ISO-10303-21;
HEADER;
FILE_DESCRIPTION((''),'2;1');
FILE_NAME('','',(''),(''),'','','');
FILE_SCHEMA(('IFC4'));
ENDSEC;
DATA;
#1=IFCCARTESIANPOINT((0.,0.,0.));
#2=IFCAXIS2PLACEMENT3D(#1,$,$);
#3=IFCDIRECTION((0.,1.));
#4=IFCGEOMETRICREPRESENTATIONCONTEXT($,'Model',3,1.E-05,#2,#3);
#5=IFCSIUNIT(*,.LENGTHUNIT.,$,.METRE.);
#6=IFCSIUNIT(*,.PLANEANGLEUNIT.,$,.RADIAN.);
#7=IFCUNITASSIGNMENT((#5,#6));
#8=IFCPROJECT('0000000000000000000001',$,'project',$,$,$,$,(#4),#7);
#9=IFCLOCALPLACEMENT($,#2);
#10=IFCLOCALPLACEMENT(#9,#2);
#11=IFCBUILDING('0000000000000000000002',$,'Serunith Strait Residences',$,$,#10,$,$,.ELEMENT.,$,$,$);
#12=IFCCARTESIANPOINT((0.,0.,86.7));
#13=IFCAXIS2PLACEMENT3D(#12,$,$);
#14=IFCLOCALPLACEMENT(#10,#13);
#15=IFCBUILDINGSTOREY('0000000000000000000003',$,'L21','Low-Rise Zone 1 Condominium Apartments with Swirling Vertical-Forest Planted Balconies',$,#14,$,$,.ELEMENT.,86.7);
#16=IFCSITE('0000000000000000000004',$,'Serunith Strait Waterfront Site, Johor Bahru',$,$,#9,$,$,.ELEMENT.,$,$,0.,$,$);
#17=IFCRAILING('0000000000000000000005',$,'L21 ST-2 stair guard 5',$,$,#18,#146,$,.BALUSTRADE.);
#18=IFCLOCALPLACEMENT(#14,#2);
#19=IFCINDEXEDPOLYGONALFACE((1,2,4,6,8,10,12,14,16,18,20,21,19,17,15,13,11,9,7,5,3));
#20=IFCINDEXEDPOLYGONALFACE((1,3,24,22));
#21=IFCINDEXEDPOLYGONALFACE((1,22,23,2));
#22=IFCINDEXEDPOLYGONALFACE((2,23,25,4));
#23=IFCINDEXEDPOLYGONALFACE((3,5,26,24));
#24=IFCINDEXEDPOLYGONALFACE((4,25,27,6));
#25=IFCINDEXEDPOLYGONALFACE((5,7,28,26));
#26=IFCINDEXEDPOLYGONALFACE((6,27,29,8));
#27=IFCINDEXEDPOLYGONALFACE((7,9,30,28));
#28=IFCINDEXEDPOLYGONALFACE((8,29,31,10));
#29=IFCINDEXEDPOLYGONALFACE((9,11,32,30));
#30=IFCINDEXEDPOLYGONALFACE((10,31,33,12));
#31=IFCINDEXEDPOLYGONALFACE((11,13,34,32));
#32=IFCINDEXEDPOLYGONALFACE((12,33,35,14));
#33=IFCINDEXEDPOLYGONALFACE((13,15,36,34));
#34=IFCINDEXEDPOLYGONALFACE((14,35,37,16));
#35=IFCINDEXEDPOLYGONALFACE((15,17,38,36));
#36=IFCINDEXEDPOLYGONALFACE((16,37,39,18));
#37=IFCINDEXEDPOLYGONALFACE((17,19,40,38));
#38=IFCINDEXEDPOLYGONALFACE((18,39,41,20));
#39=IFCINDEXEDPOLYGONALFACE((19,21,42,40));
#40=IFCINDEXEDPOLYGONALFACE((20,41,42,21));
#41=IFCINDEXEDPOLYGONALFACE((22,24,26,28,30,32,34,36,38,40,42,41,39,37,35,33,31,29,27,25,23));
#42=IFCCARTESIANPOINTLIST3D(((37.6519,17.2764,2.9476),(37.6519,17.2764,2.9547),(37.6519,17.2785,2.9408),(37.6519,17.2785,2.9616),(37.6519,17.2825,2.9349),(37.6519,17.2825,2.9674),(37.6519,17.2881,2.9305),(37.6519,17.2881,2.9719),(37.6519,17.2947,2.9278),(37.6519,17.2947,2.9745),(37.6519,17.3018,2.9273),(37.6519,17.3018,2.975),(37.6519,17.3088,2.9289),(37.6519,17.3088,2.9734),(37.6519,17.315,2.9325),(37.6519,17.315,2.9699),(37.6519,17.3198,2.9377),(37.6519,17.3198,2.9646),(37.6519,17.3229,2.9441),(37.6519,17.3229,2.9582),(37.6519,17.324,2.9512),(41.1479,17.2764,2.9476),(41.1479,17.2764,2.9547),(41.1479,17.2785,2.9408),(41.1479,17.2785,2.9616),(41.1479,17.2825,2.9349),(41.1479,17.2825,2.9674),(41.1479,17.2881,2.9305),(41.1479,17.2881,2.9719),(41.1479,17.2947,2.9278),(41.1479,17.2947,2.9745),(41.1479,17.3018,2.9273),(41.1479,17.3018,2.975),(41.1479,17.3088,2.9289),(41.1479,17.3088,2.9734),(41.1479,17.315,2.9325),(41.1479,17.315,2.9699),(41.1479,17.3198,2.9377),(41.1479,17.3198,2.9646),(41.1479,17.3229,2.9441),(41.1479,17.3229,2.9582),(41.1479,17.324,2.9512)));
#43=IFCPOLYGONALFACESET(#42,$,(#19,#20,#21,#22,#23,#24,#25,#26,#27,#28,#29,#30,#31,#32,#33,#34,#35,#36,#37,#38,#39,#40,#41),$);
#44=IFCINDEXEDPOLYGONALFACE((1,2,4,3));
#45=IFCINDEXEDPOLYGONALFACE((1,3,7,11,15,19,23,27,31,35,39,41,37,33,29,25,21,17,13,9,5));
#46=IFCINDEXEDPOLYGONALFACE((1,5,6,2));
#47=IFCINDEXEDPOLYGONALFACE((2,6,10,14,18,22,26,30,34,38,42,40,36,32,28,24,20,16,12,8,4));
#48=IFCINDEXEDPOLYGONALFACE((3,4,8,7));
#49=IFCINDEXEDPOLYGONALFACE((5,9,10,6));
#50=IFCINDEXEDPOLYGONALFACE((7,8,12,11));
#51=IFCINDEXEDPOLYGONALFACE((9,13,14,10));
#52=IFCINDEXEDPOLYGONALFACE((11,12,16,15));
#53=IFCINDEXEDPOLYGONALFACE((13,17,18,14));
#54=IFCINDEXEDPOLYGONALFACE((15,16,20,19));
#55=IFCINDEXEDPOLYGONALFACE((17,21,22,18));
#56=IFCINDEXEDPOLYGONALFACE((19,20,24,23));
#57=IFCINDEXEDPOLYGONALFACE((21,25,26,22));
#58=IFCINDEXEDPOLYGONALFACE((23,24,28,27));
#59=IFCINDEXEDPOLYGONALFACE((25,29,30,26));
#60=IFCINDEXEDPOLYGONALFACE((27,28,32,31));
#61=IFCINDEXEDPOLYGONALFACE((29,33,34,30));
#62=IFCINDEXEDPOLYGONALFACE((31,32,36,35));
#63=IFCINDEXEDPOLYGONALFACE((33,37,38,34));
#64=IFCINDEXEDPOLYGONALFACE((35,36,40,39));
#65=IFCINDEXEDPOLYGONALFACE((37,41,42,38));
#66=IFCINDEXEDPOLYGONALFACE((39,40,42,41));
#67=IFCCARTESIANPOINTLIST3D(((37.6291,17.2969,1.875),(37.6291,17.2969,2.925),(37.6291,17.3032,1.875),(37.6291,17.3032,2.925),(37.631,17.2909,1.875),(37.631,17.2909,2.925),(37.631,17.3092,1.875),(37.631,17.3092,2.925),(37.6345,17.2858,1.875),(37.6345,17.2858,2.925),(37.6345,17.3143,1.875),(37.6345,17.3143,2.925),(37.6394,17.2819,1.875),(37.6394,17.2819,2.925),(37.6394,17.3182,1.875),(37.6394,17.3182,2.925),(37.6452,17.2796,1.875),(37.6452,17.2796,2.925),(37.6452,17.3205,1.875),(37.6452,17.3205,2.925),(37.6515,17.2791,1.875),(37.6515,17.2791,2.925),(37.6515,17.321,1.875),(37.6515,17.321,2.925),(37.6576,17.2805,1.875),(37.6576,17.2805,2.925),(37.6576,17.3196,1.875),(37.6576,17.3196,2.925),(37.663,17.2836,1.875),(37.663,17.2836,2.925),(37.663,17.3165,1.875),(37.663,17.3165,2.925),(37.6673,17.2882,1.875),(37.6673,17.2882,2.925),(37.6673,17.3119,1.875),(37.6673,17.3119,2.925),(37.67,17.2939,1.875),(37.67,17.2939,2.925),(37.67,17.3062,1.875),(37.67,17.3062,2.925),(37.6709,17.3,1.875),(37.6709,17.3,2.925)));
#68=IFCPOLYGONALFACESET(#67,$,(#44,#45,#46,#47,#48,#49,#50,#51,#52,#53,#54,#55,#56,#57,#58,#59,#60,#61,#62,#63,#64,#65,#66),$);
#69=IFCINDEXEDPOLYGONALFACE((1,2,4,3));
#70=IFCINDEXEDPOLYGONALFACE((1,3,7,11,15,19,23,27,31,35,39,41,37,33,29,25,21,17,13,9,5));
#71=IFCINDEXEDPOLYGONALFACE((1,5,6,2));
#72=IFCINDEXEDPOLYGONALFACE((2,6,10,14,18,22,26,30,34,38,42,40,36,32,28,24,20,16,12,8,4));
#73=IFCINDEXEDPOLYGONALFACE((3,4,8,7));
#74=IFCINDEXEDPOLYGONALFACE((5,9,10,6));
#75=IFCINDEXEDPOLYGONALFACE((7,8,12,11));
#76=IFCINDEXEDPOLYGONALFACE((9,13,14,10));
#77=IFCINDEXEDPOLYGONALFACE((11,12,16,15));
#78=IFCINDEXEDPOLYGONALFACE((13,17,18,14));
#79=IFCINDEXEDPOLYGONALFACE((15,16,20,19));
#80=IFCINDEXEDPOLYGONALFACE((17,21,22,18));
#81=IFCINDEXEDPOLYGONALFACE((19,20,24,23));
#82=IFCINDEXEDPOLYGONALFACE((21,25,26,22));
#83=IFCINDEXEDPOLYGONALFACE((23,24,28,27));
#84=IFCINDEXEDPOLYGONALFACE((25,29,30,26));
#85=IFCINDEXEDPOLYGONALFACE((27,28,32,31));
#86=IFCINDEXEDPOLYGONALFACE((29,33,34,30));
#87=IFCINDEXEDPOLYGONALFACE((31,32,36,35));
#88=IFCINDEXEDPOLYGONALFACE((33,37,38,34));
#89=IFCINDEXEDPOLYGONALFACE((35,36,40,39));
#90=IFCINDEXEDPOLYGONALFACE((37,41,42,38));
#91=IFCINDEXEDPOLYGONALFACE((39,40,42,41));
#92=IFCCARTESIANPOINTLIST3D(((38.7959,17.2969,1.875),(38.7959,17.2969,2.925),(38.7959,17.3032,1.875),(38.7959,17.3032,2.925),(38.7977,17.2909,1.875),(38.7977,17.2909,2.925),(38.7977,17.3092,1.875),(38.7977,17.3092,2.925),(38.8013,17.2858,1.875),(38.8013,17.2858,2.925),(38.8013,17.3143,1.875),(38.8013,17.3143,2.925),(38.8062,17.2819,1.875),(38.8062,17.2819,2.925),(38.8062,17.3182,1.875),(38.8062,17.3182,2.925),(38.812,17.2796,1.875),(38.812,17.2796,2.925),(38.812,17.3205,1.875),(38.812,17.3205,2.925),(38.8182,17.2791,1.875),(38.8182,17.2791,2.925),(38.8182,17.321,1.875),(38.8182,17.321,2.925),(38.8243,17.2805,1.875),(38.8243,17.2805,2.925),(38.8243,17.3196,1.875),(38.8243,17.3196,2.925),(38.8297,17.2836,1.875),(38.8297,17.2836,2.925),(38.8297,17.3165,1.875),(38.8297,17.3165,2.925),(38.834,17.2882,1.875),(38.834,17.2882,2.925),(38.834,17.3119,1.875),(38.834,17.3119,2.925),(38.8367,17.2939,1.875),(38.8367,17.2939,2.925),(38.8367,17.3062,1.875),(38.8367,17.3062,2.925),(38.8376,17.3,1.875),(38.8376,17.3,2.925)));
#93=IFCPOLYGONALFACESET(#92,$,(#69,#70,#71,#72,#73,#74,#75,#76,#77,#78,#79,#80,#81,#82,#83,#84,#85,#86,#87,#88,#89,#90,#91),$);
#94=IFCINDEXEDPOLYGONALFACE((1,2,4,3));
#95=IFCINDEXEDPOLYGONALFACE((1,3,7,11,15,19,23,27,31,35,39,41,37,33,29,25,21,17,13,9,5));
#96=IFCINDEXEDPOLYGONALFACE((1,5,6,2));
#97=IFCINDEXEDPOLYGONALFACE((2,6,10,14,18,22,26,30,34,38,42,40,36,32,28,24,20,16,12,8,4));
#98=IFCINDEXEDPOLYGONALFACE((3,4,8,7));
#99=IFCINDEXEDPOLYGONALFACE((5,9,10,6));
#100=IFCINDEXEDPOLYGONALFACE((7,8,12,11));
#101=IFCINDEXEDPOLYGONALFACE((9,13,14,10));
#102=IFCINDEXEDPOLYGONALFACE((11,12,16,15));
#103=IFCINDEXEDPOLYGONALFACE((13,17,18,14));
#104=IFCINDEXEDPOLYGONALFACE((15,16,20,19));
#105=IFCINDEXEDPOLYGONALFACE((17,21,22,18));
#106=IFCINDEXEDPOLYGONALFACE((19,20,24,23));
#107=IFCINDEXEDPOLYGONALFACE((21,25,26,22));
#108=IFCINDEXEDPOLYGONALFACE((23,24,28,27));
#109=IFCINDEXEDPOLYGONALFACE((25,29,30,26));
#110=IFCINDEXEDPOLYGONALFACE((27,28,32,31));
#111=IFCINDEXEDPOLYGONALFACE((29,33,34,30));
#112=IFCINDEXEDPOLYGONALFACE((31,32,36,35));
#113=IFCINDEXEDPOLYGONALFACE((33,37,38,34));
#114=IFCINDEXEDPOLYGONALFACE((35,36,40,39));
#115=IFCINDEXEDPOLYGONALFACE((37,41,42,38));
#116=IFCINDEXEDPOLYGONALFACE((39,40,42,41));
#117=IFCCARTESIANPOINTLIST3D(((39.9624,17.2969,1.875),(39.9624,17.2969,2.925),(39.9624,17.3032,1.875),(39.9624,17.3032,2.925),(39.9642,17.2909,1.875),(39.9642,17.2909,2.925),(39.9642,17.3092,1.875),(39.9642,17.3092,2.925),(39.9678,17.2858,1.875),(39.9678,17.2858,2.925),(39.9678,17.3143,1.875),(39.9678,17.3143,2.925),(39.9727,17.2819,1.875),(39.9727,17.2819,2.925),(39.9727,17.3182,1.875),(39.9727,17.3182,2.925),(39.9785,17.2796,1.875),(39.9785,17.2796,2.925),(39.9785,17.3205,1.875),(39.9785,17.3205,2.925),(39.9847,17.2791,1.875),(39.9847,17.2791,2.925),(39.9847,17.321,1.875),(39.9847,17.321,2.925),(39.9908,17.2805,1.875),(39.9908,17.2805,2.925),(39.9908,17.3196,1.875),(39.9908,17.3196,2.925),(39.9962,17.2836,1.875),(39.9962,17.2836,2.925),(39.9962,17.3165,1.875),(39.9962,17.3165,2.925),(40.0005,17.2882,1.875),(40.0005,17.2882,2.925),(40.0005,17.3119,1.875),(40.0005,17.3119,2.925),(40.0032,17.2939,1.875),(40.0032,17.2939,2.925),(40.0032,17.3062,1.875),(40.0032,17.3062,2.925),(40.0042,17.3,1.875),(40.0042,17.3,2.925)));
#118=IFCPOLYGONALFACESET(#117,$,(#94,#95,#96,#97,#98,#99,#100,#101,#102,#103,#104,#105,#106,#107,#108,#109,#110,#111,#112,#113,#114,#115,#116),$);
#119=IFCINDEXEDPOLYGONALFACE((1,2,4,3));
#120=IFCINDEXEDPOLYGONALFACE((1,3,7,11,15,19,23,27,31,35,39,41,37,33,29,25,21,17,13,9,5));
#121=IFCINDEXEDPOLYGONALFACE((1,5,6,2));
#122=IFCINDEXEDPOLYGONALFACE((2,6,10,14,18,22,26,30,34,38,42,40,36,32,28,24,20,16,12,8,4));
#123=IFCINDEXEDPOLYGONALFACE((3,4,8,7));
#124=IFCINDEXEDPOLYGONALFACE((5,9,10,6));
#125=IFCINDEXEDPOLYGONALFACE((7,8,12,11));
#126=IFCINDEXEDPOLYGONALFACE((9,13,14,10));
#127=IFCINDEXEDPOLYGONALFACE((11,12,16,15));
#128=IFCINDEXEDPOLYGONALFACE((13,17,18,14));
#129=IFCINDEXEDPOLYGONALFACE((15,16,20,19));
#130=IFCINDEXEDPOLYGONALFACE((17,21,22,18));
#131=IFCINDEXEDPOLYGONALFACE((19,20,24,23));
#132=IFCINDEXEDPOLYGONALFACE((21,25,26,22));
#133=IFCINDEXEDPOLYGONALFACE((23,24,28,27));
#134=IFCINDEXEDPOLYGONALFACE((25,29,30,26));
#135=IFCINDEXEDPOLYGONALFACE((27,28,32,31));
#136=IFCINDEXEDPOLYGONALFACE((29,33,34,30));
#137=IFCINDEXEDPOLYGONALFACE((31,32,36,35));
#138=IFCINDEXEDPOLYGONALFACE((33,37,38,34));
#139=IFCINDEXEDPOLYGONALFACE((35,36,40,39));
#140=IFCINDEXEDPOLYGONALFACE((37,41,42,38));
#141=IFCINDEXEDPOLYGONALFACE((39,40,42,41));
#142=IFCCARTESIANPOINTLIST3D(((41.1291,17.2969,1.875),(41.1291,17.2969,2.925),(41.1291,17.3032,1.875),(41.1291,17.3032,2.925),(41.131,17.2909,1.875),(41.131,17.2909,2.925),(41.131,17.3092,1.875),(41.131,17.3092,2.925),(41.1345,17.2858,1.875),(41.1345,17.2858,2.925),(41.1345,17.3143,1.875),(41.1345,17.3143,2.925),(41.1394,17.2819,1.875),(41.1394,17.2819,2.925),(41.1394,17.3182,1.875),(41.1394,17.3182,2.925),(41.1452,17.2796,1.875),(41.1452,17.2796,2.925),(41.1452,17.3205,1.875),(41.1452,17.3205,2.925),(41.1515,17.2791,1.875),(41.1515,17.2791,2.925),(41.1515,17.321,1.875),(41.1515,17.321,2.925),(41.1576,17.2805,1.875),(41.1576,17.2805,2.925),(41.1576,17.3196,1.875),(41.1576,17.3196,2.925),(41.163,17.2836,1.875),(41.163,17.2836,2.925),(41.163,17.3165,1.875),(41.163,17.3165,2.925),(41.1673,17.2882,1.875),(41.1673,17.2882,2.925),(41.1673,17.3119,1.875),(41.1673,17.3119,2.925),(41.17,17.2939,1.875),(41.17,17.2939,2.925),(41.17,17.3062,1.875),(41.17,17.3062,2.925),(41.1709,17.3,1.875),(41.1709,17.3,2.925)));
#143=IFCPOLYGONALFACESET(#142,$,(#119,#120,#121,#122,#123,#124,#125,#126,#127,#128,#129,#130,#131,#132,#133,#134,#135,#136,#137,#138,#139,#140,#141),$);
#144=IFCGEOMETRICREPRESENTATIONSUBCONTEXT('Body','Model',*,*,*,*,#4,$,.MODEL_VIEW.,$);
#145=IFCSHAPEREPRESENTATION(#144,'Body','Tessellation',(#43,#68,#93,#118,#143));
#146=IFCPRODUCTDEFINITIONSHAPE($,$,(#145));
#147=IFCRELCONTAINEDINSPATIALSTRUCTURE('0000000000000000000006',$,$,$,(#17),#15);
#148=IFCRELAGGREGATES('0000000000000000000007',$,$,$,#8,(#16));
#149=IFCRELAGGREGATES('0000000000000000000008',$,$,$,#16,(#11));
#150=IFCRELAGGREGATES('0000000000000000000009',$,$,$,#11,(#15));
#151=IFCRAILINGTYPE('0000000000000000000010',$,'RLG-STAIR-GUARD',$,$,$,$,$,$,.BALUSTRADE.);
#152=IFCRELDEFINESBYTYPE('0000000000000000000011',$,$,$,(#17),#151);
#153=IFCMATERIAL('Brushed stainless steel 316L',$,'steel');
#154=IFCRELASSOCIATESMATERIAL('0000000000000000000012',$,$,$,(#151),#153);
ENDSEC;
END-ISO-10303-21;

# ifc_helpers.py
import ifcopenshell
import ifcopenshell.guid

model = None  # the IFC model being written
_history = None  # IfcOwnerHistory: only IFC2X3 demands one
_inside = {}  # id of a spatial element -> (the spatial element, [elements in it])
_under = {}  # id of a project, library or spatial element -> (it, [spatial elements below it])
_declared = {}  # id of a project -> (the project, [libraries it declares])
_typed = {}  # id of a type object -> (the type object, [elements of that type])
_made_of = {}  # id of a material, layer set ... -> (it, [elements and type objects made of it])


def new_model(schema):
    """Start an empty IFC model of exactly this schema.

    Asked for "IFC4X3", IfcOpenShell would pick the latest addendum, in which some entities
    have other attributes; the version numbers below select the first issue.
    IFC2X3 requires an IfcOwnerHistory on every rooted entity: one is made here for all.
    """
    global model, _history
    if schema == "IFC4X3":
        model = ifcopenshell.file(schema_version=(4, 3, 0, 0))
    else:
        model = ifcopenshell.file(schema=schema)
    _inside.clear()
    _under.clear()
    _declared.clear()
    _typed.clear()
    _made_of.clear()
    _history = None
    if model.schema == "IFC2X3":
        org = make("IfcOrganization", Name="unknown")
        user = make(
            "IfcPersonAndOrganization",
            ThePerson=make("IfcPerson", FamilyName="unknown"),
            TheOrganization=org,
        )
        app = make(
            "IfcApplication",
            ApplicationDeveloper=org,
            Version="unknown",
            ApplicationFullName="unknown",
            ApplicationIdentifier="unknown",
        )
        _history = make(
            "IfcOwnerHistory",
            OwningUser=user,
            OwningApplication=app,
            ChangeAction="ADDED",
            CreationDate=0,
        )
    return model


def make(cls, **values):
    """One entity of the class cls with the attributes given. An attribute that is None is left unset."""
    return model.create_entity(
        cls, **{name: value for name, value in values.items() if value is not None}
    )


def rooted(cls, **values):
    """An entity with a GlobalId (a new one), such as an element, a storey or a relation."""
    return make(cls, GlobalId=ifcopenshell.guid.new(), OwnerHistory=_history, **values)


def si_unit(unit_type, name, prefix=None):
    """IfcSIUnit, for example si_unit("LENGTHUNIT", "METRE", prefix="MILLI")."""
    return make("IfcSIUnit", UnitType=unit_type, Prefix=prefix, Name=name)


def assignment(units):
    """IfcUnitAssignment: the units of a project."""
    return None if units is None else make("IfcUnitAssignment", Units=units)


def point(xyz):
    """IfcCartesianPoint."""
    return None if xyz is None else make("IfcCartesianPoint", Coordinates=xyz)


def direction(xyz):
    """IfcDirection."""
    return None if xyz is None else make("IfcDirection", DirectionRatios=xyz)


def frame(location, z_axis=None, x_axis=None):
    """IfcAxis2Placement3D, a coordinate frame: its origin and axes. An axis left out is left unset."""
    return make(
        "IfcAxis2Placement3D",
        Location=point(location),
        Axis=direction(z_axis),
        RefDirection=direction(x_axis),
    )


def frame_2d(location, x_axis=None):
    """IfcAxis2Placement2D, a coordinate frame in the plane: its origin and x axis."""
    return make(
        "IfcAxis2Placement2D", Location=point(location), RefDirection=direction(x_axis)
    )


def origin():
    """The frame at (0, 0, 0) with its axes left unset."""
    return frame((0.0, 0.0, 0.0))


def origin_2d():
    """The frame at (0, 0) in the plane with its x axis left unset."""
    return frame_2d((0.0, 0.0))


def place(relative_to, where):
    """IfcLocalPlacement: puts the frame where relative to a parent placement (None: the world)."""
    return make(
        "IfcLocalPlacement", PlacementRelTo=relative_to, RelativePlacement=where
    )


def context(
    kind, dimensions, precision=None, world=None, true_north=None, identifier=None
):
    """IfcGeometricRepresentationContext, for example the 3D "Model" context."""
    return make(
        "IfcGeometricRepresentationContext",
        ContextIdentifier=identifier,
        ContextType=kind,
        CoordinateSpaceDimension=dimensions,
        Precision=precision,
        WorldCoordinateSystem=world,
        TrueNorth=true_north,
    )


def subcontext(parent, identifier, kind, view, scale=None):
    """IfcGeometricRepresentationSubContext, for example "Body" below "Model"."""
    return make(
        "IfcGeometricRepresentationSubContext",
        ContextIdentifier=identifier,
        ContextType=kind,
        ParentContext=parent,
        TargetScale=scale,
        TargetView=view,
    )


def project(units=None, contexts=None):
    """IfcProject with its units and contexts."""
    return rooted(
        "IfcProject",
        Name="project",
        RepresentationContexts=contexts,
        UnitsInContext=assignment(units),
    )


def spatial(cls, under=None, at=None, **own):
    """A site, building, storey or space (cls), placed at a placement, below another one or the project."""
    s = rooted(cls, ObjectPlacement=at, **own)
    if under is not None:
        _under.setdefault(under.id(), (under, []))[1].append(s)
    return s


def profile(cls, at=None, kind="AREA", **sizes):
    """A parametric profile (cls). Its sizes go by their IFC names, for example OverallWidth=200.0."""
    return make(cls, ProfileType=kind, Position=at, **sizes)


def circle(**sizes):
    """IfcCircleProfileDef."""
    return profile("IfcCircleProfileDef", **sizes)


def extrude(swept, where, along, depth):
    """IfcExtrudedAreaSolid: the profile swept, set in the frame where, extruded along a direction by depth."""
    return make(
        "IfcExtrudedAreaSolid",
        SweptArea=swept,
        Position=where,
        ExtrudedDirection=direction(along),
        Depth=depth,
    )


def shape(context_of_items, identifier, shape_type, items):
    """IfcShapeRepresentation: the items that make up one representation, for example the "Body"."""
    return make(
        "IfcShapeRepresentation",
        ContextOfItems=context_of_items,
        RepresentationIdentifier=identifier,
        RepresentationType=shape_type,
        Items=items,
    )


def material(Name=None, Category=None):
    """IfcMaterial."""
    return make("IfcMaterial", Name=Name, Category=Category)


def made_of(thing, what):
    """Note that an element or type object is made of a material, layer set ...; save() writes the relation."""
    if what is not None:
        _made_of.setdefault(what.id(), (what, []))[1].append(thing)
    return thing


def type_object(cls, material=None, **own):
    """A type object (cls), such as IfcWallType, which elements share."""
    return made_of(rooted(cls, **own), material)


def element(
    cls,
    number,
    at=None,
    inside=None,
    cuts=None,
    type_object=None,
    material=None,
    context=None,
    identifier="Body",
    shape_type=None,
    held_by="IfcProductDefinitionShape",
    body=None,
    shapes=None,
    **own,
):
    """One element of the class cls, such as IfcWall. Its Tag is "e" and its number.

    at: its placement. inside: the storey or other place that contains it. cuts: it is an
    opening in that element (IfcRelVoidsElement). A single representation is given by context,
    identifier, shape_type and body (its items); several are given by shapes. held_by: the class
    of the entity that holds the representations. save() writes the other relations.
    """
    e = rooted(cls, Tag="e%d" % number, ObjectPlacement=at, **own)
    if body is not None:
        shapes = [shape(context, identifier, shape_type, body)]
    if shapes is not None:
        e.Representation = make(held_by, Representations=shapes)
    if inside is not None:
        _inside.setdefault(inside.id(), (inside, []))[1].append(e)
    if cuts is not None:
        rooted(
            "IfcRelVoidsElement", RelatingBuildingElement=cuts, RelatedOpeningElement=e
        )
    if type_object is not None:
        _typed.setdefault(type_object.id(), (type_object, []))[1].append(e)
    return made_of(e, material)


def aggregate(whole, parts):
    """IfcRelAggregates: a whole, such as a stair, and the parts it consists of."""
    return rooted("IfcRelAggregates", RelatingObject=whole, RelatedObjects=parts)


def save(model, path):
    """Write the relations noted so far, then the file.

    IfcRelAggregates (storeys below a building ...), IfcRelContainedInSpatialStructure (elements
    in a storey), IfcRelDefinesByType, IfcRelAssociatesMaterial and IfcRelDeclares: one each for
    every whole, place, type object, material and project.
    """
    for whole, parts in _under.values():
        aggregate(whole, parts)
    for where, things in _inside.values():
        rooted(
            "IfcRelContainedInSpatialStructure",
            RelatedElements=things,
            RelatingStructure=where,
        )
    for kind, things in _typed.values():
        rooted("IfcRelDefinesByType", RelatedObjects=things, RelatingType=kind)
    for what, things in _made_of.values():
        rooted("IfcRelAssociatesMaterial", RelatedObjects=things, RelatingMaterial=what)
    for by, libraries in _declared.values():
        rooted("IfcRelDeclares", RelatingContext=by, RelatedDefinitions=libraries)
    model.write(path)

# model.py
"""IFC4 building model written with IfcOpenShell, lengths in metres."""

from ifc_helpers import new_model, si_unit, direction, frame, origin, origin_2d, place, context, subcontext, project, spatial, circle, extrude, material, type_object, element, save


model = new_model("IFC4")

# Units and contexts
model_context = context("Model", 3, precision=1e-05, world=origin(), true_north=direction((0.0, 1.0)))
body_context = subcontext(model_context, "Body", "Model", "MODEL_VIEW")
ifc_project = project(units=[si_unit("LENGTHUNIT", "METRE"), si_unit("PLANEANGLEUNIT", "RADIAN")], contexts=[model_context])

# Site, building, storey
site_placement = place(None, origin())
site = spatial("IfcSite", under=ifc_project, at=site_placement, Name="Serunith Strait Waterfront Site, Johor Bahru", CompositionType="ELEMENT", RefElevation=0.0)
building_placement = place(site_placement, origin())
building = spatial("IfcBuilding", under=site, at=building_placement, Name="Serunith Strait Residences", CompositionType="ELEMENT")
storey_placement = place(building_placement, frame((0.0, 0.0, 86.7)))
storey = spatial("IfcBuildingStorey", under=building, at=storey_placement, Name="L21", Description="Low-Rise Zone 1 Condominium Apartments with Swirling Vertical-Forest Planted Balconies", CompositionType="ELEMENT", Elevation=86.7)

# Railing
ifc_material_1 = material(Name="Brushed stainless steel 316L", Category="steel")
railing_type_1 = type_object("IfcRailingType", Name="RLG-STAIR-GUARD", PredefinedType="BALUSTRADE", material=ifc_material_1)
railing_1_placement = place(storey_placement, frame((37.6499, 17.3, 1.875)))
element("IfcRailing", 1, at=railing_1_placement, inside=storey, type_object=railing_type_1, Name="L21 ST-2 stair guard 5", PredefinedType="BALUSTRADE", context=body_context, shape_type="SweptSolid", body=[
    extrude(circle(Radius=0.0239, at=origin_2d()), frame((0.002, 0.0, 1.0762), z_axis=(1.0, 0.0, 0.0), x_axis=(0.0, 1.0, 0.0)), (0.0, 0.0, 1.0), 3.4961),
    extrude(circle(Radius=0.021, at=origin_2d()), origin(), (0.0, 0.0, 1.0), 1.05),
    extrude(circle(Radius=0.021, at=origin_2d()), frame((1.1667, 0.0, 0.0)), (0.0, 0.0, 1.0), 1.05),
    extrude(circle(Radius=0.021, at=origin_2d()), frame((2.3333, 0.0, 0.0)), (0.0, 0.0, 1.0), 1.05),
    extrude(circle(Radius=0.021, at=origin_2d()), frame((3.5, 0.0, 0.0)), (0.0, 0.0, 1.0), 1.05),
])

save(model, "model.ifc")
